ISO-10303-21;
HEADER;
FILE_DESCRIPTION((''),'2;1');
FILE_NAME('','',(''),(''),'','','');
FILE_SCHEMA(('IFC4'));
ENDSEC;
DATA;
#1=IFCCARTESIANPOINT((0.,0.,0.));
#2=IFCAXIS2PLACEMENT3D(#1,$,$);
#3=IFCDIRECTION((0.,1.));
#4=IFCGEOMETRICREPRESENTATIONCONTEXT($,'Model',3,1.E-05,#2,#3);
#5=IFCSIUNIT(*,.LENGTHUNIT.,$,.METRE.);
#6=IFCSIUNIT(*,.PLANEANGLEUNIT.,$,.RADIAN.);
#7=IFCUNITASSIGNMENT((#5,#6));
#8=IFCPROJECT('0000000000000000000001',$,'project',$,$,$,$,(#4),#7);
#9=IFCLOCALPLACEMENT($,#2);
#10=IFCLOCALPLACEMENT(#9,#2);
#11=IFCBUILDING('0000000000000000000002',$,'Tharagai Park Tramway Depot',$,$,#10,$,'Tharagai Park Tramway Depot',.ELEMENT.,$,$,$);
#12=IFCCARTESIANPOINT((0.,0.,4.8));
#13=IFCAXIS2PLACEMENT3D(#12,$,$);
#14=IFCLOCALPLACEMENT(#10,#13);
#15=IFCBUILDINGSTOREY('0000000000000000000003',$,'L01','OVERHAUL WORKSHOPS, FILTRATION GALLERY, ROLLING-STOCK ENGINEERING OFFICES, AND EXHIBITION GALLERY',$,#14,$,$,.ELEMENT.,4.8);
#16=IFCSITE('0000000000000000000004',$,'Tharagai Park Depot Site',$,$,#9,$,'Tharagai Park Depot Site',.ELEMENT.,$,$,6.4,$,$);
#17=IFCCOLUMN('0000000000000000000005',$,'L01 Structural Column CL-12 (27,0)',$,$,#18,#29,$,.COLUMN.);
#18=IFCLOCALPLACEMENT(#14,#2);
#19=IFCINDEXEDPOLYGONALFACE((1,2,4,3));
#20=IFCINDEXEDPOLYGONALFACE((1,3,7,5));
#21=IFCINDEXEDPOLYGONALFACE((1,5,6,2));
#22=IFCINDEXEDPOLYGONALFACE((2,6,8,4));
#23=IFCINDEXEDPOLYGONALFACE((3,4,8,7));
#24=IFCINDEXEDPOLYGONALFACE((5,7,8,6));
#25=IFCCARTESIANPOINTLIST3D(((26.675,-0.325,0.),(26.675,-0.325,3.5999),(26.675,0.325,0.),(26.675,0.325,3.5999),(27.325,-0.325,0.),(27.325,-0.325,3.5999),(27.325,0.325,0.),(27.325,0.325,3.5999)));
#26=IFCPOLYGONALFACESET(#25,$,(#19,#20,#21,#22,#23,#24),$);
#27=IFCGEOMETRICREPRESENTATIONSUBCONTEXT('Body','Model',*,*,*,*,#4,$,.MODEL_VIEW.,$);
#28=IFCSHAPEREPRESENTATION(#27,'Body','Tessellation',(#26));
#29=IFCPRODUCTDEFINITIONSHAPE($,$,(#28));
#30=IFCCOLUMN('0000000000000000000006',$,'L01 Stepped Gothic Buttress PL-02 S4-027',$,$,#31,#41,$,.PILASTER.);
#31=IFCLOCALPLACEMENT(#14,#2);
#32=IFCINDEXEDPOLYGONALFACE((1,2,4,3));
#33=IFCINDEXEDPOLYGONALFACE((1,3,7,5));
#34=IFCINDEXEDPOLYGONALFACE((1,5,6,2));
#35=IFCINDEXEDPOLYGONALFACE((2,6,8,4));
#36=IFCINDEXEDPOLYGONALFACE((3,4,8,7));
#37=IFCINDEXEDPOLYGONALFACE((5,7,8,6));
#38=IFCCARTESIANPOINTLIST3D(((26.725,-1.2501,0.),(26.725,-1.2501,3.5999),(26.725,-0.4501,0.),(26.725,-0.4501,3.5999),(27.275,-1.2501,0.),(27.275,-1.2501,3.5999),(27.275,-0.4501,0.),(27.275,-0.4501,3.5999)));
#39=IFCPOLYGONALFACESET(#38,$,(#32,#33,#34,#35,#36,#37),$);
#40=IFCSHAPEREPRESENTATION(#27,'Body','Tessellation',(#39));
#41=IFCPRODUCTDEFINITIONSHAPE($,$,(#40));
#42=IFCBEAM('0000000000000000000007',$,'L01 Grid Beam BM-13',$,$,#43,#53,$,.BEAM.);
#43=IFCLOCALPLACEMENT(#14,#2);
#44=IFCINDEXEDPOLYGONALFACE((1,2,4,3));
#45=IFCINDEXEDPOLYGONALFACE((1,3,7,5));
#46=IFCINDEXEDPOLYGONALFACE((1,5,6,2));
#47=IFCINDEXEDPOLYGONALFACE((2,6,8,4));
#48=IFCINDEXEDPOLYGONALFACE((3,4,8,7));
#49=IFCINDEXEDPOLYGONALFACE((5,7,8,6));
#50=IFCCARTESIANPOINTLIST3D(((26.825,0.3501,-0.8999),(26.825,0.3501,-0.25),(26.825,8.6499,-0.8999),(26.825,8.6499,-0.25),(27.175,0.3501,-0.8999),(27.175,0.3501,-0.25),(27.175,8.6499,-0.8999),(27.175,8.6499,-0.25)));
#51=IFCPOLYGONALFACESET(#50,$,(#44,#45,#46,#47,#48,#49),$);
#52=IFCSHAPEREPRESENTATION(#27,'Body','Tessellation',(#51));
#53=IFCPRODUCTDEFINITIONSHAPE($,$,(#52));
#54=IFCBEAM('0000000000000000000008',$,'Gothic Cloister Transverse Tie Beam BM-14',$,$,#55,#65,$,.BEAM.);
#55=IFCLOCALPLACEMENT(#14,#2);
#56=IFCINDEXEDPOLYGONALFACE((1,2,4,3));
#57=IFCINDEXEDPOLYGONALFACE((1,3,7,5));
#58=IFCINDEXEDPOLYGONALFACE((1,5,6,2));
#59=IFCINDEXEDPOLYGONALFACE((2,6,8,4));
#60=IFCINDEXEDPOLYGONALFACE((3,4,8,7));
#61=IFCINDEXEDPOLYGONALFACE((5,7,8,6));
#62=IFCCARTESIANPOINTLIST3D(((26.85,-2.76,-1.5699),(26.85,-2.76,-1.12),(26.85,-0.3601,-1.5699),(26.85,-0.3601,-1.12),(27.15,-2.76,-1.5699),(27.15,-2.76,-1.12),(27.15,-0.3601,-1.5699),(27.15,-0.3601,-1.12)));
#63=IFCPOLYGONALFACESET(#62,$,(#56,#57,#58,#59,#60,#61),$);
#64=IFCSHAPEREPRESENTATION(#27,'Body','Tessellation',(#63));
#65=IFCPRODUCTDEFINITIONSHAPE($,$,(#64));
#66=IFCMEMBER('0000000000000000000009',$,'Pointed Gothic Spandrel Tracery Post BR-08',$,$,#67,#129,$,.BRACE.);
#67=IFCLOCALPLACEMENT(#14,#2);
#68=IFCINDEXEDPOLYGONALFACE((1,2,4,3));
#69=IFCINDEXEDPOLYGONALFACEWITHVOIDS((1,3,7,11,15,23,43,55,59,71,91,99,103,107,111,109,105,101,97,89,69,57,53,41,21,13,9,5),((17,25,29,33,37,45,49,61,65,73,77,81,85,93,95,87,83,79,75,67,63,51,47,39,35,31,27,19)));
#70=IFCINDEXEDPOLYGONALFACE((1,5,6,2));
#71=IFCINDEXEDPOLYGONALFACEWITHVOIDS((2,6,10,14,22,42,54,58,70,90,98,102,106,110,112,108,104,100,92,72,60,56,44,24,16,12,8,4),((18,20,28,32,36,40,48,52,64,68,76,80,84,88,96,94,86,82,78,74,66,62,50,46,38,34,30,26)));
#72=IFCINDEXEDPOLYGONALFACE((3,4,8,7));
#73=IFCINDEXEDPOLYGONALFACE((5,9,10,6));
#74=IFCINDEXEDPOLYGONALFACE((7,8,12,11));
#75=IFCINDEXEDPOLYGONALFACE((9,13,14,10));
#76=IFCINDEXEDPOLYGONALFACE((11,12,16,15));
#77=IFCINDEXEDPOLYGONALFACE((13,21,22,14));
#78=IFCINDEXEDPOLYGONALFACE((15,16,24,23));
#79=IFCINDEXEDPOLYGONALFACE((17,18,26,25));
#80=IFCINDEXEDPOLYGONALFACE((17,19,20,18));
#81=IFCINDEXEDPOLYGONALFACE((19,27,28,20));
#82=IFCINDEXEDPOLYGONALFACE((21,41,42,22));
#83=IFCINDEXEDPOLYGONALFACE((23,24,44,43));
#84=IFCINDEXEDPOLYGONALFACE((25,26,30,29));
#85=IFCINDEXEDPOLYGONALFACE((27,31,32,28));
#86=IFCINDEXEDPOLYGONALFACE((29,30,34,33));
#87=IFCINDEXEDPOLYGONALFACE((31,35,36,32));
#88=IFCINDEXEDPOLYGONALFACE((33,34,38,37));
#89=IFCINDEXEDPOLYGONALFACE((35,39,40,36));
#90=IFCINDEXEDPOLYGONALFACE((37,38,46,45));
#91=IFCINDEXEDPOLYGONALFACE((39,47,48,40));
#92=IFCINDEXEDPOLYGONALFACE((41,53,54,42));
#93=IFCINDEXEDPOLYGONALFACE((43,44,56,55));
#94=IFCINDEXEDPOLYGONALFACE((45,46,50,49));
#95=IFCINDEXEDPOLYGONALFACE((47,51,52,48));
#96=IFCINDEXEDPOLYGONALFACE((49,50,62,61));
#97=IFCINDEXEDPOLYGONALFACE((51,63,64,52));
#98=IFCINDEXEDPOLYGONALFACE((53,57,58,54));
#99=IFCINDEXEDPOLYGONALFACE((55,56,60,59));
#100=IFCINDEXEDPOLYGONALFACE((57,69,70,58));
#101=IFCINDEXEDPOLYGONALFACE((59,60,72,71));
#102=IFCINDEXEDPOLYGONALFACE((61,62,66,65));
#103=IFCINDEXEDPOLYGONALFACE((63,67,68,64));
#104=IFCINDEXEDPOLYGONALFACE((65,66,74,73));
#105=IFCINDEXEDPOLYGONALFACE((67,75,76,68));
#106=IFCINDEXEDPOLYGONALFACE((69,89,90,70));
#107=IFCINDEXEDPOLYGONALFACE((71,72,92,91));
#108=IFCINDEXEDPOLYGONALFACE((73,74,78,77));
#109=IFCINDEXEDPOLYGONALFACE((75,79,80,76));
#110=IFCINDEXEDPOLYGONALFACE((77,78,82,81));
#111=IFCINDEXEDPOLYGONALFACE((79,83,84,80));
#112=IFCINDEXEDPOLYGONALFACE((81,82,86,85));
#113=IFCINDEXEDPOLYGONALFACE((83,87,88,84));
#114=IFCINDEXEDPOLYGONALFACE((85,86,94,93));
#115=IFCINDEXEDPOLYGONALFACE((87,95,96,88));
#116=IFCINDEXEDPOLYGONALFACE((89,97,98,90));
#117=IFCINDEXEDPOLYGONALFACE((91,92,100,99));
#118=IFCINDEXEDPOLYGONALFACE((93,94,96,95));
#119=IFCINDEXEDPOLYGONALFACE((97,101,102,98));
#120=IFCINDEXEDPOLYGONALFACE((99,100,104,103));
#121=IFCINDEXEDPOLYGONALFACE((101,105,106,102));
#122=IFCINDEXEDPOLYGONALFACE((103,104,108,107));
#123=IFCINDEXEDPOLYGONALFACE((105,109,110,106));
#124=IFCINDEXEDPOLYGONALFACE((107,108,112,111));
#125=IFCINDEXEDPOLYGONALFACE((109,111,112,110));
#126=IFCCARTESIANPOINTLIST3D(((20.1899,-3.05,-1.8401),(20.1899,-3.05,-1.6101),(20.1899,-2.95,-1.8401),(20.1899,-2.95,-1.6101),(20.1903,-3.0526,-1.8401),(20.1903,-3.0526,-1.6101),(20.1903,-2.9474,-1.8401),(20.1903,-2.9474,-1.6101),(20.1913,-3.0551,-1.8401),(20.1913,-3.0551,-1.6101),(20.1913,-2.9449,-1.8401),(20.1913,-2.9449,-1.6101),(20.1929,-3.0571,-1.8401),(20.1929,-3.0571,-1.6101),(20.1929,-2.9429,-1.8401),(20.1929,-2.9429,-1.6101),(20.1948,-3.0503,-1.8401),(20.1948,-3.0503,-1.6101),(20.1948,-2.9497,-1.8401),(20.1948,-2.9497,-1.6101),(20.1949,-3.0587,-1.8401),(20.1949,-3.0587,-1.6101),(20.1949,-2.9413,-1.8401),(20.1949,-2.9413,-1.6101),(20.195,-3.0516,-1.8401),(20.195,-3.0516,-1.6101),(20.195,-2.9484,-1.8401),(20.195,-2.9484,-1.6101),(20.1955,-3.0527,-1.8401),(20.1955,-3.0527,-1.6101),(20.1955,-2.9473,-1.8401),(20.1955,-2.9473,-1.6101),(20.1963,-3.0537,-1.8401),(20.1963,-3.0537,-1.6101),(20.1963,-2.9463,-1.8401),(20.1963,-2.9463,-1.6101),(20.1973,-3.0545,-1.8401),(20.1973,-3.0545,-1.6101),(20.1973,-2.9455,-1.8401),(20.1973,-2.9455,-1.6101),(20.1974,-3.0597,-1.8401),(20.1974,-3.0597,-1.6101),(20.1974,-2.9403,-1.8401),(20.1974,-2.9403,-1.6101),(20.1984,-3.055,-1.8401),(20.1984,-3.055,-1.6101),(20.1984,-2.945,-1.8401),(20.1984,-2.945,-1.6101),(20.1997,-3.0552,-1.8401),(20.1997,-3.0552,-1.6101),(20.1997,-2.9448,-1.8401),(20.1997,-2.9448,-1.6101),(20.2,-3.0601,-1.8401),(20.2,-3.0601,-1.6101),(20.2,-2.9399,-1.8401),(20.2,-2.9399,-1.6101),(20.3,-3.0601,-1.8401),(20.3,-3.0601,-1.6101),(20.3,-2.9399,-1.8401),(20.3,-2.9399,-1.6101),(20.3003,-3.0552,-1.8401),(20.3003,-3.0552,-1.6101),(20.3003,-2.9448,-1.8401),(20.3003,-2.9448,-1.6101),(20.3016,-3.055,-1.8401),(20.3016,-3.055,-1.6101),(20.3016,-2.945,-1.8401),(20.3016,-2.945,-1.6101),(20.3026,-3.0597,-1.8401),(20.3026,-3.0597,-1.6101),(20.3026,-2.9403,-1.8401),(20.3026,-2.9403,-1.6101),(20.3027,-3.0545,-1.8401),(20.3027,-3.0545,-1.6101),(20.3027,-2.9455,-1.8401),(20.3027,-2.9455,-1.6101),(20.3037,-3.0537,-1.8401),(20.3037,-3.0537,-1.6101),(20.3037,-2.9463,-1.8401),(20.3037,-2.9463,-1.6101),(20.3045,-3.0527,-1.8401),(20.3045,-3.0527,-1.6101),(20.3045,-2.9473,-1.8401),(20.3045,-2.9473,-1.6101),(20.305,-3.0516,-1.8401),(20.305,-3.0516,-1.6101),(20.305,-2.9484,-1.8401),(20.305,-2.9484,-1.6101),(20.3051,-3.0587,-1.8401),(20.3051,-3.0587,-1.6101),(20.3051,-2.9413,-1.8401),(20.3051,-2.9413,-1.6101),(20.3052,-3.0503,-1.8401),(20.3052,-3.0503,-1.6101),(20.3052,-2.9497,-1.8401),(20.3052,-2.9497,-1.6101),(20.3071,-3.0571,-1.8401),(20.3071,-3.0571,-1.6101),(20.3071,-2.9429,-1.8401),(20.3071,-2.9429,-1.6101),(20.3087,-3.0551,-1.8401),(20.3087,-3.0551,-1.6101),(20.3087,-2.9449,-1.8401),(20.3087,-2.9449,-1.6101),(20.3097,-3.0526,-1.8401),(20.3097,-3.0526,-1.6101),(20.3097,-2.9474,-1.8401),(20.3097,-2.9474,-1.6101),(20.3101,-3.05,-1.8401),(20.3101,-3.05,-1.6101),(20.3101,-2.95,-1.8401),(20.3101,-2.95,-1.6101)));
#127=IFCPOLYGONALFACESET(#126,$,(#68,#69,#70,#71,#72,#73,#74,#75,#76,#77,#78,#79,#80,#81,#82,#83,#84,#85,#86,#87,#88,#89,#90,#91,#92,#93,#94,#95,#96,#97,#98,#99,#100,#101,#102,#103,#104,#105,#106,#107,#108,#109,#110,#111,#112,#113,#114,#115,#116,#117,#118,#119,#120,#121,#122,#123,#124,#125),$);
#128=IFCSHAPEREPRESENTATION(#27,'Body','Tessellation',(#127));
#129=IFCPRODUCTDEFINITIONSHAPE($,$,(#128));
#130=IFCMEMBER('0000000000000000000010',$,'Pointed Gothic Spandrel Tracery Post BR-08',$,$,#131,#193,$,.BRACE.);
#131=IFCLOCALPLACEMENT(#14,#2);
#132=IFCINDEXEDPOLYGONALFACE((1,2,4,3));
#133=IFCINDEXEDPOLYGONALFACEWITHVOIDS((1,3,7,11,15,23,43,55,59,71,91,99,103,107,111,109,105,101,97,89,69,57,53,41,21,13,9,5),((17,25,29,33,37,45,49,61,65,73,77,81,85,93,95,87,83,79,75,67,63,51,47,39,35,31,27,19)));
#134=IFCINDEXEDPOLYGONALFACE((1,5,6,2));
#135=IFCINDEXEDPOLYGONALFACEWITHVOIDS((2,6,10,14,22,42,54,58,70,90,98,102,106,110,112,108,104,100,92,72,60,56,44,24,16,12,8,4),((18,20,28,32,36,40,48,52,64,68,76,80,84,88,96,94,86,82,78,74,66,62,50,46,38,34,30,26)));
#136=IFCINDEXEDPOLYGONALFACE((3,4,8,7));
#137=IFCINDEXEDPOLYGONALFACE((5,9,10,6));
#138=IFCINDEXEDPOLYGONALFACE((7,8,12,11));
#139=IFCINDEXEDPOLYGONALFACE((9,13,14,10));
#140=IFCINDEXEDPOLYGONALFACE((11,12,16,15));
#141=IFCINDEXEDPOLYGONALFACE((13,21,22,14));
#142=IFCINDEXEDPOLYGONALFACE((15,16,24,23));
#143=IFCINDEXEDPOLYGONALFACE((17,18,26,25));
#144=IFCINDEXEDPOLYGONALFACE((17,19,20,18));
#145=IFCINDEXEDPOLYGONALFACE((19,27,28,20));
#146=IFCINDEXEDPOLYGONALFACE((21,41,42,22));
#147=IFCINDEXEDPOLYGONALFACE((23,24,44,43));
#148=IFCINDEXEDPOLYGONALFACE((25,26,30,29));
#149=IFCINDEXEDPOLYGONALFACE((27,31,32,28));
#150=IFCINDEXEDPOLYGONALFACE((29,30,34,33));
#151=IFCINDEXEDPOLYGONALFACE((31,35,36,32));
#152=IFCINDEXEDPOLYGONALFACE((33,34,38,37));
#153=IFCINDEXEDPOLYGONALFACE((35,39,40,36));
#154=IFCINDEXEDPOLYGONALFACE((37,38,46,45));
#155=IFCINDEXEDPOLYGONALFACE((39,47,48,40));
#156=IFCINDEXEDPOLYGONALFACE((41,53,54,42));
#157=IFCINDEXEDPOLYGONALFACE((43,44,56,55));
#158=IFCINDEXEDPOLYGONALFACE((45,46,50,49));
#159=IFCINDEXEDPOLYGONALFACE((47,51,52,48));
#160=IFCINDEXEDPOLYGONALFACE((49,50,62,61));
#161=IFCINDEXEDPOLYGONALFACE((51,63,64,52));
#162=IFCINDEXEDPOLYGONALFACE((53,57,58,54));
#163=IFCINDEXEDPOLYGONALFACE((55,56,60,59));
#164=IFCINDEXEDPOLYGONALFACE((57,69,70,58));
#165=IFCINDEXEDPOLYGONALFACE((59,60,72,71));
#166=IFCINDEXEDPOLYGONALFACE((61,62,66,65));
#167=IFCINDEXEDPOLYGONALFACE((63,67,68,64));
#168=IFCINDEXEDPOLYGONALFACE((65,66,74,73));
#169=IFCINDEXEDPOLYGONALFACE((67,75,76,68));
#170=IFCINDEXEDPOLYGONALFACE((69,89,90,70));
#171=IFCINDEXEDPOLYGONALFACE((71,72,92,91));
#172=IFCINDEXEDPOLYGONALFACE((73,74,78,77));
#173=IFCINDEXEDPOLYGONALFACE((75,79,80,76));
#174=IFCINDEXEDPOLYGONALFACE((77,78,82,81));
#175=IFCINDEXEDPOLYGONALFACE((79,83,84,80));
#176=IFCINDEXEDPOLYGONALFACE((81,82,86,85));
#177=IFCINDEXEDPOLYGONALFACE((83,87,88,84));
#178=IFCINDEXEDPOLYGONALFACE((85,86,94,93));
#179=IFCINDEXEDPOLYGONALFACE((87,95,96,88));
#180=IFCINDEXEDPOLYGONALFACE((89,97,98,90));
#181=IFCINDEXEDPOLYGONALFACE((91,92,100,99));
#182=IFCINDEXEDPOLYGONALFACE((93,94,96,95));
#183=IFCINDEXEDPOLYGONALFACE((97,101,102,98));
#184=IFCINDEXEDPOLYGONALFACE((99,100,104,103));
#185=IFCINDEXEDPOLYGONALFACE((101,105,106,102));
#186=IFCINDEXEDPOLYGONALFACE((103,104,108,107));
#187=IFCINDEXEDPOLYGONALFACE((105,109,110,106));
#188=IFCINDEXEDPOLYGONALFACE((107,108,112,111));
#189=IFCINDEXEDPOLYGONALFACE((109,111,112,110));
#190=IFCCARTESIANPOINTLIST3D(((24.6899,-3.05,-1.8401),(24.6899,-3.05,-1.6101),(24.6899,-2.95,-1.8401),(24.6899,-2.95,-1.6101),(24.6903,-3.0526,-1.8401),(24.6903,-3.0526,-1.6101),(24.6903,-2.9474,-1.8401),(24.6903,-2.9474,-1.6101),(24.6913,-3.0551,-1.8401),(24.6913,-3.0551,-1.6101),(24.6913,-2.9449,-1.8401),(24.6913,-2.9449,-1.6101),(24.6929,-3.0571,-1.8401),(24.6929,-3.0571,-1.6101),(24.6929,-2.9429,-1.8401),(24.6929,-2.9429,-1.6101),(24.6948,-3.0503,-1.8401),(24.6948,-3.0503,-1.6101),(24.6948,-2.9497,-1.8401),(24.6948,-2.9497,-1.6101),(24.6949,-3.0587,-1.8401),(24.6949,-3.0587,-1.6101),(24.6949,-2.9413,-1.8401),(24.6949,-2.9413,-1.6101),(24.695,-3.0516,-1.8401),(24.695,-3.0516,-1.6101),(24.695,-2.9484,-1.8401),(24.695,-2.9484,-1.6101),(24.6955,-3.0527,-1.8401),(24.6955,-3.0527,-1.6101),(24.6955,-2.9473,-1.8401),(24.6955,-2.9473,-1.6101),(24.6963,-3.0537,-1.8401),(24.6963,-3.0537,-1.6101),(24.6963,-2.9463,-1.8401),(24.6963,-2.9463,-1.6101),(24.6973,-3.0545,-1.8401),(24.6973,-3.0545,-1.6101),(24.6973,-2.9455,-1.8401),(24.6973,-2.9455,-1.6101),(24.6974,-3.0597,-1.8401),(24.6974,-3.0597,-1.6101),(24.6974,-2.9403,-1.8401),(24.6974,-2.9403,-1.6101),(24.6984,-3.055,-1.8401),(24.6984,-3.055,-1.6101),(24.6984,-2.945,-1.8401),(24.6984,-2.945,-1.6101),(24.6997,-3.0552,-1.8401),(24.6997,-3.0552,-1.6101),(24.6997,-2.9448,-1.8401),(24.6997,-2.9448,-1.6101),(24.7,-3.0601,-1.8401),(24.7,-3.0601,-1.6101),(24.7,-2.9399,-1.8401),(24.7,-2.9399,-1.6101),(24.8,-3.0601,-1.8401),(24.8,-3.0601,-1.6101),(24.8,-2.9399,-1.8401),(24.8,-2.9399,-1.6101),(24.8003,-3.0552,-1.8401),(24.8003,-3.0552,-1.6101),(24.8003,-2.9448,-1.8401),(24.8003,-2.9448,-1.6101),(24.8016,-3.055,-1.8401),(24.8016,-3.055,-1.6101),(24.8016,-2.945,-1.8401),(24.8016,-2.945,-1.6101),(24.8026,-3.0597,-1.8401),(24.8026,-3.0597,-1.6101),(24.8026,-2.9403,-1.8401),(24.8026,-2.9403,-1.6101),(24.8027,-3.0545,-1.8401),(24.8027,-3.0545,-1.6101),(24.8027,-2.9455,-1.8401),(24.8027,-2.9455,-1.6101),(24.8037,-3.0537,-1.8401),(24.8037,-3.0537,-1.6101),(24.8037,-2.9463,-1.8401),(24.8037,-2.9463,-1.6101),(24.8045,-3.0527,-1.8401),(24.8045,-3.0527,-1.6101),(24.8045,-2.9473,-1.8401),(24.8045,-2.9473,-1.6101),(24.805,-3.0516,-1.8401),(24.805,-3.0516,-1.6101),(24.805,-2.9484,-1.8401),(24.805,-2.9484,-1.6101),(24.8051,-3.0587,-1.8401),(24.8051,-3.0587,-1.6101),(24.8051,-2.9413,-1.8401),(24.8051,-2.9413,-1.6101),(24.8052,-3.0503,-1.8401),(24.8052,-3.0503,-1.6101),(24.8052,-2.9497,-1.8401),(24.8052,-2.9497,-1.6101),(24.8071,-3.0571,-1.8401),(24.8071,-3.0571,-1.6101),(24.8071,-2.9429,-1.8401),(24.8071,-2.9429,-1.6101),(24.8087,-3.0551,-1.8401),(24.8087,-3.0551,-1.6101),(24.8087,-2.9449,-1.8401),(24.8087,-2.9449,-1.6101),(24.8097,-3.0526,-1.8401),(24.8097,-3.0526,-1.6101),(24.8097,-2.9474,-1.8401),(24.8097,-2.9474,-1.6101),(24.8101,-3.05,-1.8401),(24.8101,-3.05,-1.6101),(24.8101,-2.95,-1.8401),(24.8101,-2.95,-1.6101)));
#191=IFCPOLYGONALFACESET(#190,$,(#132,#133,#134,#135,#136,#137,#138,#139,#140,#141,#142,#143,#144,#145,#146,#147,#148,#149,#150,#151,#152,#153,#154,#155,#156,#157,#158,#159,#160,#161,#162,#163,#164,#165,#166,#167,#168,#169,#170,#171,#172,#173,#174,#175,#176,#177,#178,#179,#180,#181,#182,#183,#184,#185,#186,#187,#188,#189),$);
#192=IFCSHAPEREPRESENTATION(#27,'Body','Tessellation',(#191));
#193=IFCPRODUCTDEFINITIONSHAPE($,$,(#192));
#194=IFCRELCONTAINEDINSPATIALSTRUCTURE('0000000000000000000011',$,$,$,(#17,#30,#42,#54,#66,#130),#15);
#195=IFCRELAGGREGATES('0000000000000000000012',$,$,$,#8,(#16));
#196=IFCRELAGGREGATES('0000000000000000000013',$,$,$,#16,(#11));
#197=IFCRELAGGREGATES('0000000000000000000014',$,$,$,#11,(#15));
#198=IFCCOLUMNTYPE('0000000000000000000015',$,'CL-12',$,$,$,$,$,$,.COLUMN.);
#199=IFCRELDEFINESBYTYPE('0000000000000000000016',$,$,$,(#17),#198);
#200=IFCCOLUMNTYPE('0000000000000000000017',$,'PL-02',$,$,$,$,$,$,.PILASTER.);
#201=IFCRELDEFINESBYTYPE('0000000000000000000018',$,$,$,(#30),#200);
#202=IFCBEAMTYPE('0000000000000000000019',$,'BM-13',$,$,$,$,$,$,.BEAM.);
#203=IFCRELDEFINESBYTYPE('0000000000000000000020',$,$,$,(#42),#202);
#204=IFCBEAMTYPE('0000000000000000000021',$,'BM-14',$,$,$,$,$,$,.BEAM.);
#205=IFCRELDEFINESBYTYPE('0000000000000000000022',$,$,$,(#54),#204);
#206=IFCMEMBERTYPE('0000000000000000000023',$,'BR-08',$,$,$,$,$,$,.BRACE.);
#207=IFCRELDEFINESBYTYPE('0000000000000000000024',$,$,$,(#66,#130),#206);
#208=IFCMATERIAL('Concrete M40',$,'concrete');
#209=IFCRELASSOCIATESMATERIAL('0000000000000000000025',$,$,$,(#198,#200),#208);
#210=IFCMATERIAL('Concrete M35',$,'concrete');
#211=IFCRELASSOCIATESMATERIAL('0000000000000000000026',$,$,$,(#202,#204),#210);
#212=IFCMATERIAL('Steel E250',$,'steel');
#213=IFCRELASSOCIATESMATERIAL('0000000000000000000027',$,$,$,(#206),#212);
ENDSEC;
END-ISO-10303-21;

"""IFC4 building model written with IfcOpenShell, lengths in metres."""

from ifc_helpers import new_model, si_unit, direction, frame, origin, origin_2d, place, context, subcontext, project, spatial, rectangle, hollow_rectangle, extrude, material, material_profile, profile_set, type_object, element, save


model = new_model("IFC4")

# Units and contexts
model_context = context("Model", 3, precision=1e-05, world=origin(), true_north=direction((0.0, 1.0)))
body_context = subcontext(model_context, "Body", "Model", "MODEL_VIEW")
ifc_project = project(units=[si_unit("LENGTHUNIT", "METRE"), si_unit("PLANEANGLEUNIT", "RADIAN")], contexts=[model_context])

# Site, building, storey
site_placement = place(None, origin())
site = spatial("IfcSite", under=ifc_project, at=site_placement, Name="Tharagai Park Depot Site", LongName="Tharagai Park Depot Site", CompositionType="ELEMENT", RefElevation=6.4)
building_placement = place(site_placement, origin())
building = spatial("IfcBuilding", under=site, at=building_placement, Name="Tharagai Park Tramway Depot", LongName="Tharagai Park Tramway Depot", CompositionType="ELEMENT")
storey_placement = place(building_placement, frame((0.0, 0.0, 4.8)))
storey = spatial("IfcBuildingStorey", under=building, at=storey_placement, Name="L01", Description="OVERHAUL WORKSHOPS, FILTRATION GALLERY, ROLLING-STOCK ENGINEERING OFFICES, AND EXHIBITION GALLERY", CompositionType="ELEMENT", Elevation=4.8)

# Columns
ifc_material_1 = material(Name="Concrete M40", Category="concrete")
ifc_material_profile_1 = material_profile(ifc_material_1, rectangle(XDim=0.6499, YDim=0.6499, at=origin_2d()), Name="RC 650x650")
ifc_profile_set_1 = profile_set([ifc_material_profile_1], Name="Concrete M40")
column_type_1 = type_object("IfcColumnType", Name="CL-12", PredefinedType="COLUMN", material=ifc_profile_set_1)
column_1_placement = place(storey_placement, frame((27.0, 0.0, 0.0), z_axis=(0.0, 0.0, 1.0), x_axis=(1.0, 0.0, 0.0)))
element("IfcColumn", 1, at=column_1_placement, inside=storey, type_object=column_type_1, Name="L01 Structural Column CL-12 (27,0)", PredefinedType="COLUMN", context=body_context, shape_type="SweptSolid", body=[
    extrude(rectangle(XDim=0.6499, YDim=0.6499, at=origin_2d()), origin(), (0.0, 0.0, 1.0), 3.5999),
])
ifc_material_profile_2 = material_profile(ifc_material_1, rectangle(XDim=0.55, YDim=0.8, at=origin_2d()), Name="RC 550x800")
ifc_profile_set_2 = profile_set([ifc_material_profile_2], Name="Concrete M40")
column_type_2 = type_object("IfcColumnType", Name="PL-02", PredefinedType="PILASTER", material=ifc_profile_set_2)
column_2_placement = place(storey_placement, frame((27.0, -0.8501, 0.0), z_axis=(0.0, 0.0, 1.0), x_axis=(1.0, 0.0, 0.0)))
element("IfcColumn", 2, at=column_2_placement, inside=storey, type_object=column_type_2, Name="L01 Stepped Gothic Buttress PL-02 S4-027", PredefinedType="PILASTER", context=body_context, shape_type="SweptSolid", body=[
    extrude(rectangle(XDim=0.55, YDim=0.8, at=origin_2d()), origin(), (0.0, 0.0, 1.0), 3.5999),
])

# Beams
ifc_material_2 = material(Name="Concrete M35", Category="concrete")
ifc_material_profile_3 = material_profile(ifc_material_2, rectangle(XDim=0.3501, YDim=0.6499, at=origin_2d()), Name="RC 350x650")
ifc_profile_set_3 = profile_set([ifc_material_profile_3], Name="Concrete M35")
beam_type_1 = type_object("IfcBeamType", Name="BM-13", PredefinedType="BEAM", material=ifc_profile_set_3)
beam_1_placement = place(storey_placement, frame((27.0, 0.3501, -0.575), z_axis=(0.0, 1.0, 0.0), x_axis=(-1.0, 0.0, 0.0)))
element("IfcBeam", 3, at=beam_1_placement, inside=storey, type_object=beam_type_1, Name="L01 Grid Beam BM-13", PredefinedType="BEAM", context=body_context, shape_type="SweptSolid", body=[
    extrude(rectangle(XDim=0.3501, YDim=0.6499, at=origin_2d()), origin(), (0.0, 0.0, 1.0), 8.2998),
])
ifc_material_profile_4 = material_profile(ifc_material_2, rectangle(XDim=0.3, YDim=0.45, at=origin_2d()), Name="RC 300x450")
ifc_profile_set_4 = profile_set([ifc_material_profile_4], Name="Concrete M35")
beam_type_2 = type_object("IfcBeamType", Name="BM-14", PredefinedType="BEAM", material=ifc_profile_set_4)
beam_2_placement = place(storey_placement, frame((27.0, -2.76, -1.345), z_axis=(0.0, 1.0, 0.0), x_axis=(-1.0, 0.0, 0.0)))
element("IfcBeam", 4, at=beam_2_placement, inside=storey, type_object=beam_type_2, Name="Gothic Cloister Transverse Tie Beam BM-14", PredefinedType="BEAM", context=body_context, shape_type="SweptSolid", body=[
    extrude(rectangle(XDim=0.3, YDim=0.45, at=origin_2d()), origin(), (0.0, 0.0, 1.0), 2.3999),
])

# Members
ifc_material_3 = material(Name="Steel E250", Category="steel")
ifc_material_profile_5 = material_profile(ifc_material_3, hollow_rectangle(XDim=0.1201, YDim=0.1201, WallThickness=0.0049, InnerFilletRadius=0.0049, OuterFilletRadius=0.01, at=origin_2d()), Name="SHS 120x120x5")
ifc_profile_set_5 = profile_set([ifc_material_profile_5], Name="Steel E250")
member_type_1 = type_object("IfcMemberType", Name="BR-08", PredefinedType="BRACE", material=ifc_profile_set_5)
for number, where, z_axis, x_axis, name in (
    (5, (20.25, -3.0, -1.8401), (0.0, 0.0, 1.0), (1.0, 0.0, 0.0), "Pointed Gothic Spandrel Tracery Post BR-08"),
    (6, (24.75, -3.0, -1.8401), (0.0, 0.0, 1.0), (1.0, 0.0, 0.0), "Pointed Gothic Spandrel Tracery Post BR-08"),
):
    element("IfcMember", number, at=place(storey_placement, frame(where, z_axis=z_axis, x_axis=x_axis)), inside=storey, type_object=member_type_1, Name=name, PredefinedType="BRACE", context=body_context, shape_type="SweptSolid", body=[
        extrude(hollow_rectangle(XDim=0.1201, YDim=0.1201, WallThickness=0.0049, InnerFilletRadius=0.0049, OuterFilletRadius=0.01, at=origin_2d()), origin(), (0.0, 0.0, 1.0), 0.23),
    ])

save(model, "model.ifc")
